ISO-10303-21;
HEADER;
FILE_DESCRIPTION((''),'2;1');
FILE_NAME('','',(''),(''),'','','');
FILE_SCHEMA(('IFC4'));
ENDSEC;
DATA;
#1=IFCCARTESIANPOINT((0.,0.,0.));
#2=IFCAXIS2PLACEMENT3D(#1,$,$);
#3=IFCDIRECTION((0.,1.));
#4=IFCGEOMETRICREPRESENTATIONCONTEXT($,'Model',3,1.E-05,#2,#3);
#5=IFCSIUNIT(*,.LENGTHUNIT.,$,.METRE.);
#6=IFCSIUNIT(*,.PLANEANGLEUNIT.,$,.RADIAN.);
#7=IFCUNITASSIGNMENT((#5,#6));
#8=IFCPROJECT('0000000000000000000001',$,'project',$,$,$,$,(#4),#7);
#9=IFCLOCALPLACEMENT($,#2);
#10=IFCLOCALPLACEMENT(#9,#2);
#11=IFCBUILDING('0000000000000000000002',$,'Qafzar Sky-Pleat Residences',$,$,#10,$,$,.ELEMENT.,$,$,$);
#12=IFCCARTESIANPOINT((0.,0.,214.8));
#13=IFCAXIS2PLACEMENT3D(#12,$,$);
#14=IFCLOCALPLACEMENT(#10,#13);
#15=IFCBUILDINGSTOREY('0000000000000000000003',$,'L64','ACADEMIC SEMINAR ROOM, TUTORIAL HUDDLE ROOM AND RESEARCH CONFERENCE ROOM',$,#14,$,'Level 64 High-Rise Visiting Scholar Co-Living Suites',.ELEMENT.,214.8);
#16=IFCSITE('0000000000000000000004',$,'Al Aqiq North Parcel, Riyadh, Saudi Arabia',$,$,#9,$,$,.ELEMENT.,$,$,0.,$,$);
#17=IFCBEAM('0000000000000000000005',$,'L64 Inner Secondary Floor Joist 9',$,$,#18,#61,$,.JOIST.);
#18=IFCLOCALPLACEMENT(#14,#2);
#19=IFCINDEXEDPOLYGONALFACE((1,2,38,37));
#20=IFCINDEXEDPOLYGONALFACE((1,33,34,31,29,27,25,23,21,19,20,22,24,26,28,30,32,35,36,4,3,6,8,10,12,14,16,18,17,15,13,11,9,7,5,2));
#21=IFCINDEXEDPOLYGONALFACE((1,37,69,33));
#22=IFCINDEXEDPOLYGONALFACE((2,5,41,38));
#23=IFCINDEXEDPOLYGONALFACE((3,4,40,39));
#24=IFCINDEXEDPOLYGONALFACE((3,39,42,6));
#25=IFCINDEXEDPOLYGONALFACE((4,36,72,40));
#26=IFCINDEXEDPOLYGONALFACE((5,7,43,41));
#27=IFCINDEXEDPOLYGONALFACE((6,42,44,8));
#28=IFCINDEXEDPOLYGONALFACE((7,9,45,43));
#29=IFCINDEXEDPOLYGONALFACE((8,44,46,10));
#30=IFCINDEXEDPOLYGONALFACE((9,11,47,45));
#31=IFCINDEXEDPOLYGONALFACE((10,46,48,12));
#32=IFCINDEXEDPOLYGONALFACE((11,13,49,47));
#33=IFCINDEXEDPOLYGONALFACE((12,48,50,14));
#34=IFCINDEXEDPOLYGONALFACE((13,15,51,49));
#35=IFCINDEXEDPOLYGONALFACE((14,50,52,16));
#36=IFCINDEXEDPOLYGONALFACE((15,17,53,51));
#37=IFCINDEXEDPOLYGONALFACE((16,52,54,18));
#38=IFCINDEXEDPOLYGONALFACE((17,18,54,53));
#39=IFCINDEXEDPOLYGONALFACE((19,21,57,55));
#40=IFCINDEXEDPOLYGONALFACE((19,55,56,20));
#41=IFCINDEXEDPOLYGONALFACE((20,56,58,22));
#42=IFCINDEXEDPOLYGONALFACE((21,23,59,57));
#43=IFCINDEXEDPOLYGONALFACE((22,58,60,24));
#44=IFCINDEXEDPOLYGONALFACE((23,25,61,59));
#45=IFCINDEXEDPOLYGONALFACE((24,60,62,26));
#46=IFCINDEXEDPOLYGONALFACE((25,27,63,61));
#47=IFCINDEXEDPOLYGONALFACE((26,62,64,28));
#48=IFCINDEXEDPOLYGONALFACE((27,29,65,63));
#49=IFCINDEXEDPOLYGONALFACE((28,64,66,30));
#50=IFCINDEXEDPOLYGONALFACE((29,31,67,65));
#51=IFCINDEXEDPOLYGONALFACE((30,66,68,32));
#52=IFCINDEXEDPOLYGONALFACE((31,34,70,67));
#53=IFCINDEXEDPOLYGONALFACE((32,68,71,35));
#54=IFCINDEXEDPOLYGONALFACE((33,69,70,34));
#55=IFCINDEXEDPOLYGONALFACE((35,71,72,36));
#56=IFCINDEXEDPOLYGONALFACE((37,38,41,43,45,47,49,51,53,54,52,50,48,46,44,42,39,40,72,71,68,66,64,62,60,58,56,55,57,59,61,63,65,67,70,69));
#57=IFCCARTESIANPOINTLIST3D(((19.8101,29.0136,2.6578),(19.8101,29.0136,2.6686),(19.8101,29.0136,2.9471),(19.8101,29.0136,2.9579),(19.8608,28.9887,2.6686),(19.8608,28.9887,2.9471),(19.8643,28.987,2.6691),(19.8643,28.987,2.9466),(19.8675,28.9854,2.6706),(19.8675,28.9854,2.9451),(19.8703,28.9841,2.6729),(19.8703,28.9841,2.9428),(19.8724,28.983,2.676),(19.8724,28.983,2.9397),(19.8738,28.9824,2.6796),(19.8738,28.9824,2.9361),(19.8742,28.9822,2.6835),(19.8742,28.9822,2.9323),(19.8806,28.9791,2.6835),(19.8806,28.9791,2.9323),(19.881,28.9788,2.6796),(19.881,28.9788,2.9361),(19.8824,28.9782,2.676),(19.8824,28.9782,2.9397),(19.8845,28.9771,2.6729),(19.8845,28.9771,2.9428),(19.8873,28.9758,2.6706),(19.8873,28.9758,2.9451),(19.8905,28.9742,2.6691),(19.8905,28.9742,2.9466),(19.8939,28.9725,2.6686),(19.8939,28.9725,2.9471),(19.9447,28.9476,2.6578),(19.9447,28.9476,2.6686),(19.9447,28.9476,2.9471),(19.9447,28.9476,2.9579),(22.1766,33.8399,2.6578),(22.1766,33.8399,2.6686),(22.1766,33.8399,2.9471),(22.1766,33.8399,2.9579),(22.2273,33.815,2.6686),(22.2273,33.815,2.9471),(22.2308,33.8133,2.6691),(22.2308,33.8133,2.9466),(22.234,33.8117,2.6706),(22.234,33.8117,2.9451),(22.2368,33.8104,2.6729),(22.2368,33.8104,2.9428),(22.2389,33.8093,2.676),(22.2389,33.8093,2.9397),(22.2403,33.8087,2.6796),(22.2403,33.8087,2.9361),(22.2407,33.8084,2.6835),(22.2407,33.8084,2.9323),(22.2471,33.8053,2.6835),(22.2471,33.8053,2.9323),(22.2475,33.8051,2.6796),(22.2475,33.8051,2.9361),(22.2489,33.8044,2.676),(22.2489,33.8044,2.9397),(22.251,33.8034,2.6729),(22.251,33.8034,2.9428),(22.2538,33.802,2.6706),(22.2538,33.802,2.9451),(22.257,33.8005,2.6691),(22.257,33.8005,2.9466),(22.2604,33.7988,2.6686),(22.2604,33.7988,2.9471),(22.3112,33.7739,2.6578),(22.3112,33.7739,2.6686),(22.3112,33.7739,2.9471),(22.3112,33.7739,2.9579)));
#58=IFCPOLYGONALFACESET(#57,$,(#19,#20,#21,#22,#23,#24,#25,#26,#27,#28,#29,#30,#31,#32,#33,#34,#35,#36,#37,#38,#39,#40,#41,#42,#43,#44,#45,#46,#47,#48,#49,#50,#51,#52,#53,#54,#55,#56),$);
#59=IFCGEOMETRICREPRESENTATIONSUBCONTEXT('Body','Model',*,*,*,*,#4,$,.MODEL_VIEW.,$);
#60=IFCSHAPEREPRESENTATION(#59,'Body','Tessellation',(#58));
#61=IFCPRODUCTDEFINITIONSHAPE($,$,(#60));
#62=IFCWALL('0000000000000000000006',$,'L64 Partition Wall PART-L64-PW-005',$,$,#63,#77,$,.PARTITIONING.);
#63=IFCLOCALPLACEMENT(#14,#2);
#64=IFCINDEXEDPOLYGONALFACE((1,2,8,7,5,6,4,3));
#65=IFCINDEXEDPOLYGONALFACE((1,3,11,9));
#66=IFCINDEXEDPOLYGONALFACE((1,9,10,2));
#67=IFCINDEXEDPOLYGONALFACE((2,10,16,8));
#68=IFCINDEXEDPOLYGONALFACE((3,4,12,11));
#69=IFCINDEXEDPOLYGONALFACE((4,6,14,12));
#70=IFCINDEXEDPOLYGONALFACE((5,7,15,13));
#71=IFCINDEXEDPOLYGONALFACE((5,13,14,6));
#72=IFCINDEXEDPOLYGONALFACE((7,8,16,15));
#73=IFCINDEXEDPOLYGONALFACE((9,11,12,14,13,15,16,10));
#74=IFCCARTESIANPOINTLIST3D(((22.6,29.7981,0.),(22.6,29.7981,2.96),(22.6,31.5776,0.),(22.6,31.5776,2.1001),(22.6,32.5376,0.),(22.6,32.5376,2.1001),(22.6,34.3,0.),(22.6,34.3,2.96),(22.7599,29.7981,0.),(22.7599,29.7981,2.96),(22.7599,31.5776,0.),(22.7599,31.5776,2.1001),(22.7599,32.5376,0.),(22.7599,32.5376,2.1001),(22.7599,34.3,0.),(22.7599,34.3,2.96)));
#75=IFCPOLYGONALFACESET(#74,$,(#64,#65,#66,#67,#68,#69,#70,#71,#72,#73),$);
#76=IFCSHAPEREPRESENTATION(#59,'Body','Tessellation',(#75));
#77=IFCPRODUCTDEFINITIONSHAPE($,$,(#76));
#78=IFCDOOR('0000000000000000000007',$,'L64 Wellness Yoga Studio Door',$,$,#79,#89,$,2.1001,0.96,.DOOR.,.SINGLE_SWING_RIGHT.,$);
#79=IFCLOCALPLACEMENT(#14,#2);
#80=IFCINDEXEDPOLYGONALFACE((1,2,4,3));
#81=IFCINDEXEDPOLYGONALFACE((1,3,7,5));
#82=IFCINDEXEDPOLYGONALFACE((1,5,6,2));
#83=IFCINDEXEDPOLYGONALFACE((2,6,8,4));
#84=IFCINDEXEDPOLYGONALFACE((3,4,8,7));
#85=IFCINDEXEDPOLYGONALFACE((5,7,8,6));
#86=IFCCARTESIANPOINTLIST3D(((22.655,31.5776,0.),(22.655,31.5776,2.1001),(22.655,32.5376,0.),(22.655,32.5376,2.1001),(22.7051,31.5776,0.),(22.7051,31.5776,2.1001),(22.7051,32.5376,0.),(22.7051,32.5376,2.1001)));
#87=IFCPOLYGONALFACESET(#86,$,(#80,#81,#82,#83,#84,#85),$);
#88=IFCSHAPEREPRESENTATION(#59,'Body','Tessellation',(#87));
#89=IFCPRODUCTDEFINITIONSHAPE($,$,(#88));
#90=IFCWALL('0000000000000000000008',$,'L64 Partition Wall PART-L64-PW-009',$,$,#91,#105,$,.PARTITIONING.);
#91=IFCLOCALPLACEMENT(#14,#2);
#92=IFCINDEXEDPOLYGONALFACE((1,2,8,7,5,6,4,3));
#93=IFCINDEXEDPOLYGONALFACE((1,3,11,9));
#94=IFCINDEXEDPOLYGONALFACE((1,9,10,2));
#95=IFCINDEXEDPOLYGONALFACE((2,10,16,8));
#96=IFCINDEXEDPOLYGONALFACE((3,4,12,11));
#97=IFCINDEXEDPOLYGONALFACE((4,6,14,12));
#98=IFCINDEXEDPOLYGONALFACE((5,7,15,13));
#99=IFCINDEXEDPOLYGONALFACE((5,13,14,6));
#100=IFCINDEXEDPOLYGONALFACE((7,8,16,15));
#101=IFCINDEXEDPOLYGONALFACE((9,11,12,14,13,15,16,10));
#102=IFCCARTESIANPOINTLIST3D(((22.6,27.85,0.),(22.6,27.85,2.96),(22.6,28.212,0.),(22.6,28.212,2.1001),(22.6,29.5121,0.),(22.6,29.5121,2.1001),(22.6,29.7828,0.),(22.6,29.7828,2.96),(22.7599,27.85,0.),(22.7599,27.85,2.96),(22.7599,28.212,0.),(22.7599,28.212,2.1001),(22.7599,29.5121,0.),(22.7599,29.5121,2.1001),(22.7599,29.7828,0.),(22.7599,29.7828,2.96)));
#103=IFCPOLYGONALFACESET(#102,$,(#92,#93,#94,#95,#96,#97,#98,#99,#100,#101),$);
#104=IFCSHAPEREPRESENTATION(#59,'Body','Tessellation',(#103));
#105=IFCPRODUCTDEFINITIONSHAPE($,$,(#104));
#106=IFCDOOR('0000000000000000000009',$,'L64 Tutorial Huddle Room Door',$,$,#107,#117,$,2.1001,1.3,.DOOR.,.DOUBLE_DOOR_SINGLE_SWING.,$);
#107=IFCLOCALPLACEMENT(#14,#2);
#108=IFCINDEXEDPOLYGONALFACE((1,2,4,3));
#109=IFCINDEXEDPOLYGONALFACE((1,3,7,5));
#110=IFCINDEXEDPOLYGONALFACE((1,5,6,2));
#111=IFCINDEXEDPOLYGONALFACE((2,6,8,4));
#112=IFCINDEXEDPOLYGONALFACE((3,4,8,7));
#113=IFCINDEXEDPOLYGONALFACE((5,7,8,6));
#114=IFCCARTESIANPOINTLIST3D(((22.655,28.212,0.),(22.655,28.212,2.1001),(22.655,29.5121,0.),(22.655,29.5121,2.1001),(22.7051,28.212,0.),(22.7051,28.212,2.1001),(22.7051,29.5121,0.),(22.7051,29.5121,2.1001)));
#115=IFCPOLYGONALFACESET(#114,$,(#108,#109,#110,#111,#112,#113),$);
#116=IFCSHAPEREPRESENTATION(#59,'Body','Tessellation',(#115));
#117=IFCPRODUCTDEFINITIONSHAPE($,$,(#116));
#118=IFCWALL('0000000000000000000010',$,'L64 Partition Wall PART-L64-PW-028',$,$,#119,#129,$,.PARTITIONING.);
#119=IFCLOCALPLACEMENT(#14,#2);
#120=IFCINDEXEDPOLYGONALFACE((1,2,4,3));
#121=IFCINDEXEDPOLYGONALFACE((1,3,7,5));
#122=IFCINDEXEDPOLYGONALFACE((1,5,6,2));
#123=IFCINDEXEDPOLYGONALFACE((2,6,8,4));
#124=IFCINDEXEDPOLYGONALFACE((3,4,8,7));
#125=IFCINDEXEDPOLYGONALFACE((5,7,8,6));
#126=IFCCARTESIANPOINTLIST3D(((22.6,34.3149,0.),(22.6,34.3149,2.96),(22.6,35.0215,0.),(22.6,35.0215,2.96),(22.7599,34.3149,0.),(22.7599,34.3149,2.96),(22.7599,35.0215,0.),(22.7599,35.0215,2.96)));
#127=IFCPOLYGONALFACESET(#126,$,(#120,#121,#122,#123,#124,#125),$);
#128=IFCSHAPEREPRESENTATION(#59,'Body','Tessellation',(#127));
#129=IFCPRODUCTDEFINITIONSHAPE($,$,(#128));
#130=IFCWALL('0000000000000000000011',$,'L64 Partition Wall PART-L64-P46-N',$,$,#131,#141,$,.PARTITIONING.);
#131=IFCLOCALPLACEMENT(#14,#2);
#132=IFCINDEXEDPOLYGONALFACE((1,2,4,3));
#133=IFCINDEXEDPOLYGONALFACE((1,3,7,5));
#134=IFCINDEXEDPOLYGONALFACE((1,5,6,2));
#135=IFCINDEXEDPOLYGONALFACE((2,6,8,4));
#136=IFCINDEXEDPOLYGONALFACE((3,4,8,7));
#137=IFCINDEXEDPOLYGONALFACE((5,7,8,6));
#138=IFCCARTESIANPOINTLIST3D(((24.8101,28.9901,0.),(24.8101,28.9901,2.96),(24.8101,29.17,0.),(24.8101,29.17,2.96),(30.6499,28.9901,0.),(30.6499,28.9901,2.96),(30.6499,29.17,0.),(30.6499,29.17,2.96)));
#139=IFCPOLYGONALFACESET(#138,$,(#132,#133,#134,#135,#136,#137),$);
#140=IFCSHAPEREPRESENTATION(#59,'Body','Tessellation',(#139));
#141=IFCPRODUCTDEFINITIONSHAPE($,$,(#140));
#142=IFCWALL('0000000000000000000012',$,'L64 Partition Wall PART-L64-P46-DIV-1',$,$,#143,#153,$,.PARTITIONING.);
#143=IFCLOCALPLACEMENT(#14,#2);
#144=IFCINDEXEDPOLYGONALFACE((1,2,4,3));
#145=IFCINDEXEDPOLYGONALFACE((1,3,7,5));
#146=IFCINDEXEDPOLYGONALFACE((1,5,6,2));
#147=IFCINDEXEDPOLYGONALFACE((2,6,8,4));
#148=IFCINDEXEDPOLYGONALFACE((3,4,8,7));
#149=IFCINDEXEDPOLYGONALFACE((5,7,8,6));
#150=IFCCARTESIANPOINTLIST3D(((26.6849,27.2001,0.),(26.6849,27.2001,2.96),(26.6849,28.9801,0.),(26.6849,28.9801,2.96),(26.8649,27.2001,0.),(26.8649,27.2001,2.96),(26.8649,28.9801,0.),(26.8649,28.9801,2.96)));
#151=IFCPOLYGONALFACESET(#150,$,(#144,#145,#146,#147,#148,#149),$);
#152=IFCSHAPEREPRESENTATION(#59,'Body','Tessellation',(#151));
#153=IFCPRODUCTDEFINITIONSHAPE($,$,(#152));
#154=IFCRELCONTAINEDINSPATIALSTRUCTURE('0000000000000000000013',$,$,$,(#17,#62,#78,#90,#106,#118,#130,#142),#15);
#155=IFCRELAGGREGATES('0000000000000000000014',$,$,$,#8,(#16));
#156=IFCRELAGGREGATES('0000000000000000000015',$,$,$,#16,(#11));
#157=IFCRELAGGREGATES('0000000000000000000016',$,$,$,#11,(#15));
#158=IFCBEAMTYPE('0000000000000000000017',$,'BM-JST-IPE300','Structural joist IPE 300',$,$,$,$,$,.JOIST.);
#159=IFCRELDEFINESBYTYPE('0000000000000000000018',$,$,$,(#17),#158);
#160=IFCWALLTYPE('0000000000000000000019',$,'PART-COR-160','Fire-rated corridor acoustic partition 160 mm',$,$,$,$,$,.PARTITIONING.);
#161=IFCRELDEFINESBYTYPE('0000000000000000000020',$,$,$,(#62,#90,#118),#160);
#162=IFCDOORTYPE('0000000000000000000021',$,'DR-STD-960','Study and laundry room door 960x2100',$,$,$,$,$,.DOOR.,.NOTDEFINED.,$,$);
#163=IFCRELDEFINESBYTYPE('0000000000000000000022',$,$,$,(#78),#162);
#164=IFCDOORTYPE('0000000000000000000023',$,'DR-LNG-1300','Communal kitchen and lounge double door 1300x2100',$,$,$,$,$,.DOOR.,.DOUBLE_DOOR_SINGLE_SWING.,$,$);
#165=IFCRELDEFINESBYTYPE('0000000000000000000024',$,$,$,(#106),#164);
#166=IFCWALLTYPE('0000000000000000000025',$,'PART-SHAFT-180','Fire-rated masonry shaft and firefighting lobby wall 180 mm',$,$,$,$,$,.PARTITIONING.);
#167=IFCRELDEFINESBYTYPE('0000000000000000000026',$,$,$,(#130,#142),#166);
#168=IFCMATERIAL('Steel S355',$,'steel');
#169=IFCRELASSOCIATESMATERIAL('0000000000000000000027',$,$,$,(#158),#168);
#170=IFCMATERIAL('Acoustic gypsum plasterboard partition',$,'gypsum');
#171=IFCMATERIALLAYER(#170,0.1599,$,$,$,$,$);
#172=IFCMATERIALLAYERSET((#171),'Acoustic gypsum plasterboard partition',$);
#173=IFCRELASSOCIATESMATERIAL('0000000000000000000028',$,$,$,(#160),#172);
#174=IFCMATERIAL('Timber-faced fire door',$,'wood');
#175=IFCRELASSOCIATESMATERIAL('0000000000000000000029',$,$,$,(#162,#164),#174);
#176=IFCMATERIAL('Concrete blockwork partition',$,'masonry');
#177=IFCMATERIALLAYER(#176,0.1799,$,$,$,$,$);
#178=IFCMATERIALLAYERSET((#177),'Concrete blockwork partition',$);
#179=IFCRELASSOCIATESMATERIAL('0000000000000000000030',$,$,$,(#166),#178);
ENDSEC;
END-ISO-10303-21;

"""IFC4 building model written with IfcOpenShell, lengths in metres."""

from ifc_helpers import new_model, si_unit, direction, frame, frame_2d, origin, origin_2d, place, context, subcontext, project, spatial, rectangle, i_section, extrude, source, transform, mapped, material, layer, layer_set, material_profile, profile_set, type_object, element, fill, save


model = new_model("IFC4")

# Units and contexts
model_context = context("Model", 3, precision=1e-05, world=origin(), true_north=direction((0.0, 1.0)))
body_context = subcontext(model_context, "Body", "Model", "MODEL_VIEW")
ifc_project = project(units=[si_unit("LENGTHUNIT", "METRE"), si_unit("PLANEANGLEUNIT", "RADIAN")], contexts=[model_context])

# Site, building, storey
site_placement = place(None, origin())
site = spatial("IfcSite", under=ifc_project, at=site_placement, Name="Al Aqiq North Parcel, Riyadh, Saudi Arabia", CompositionType="ELEMENT", RefElevation=0.0)
building_placement = place(site_placement, origin())
building = spatial("IfcBuilding", under=site, at=building_placement, Name="Qafzar Sky-Pleat Residences", CompositionType="ELEMENT")
storey_placement = place(building_placement, frame((0.0, 0.0, 214.8)))
storey = spatial("IfcBuildingStorey", under=building, at=storey_placement, Name="L64", Description="ACADEMIC SEMINAR ROOM, TUTORIAL HUDDLE ROOM AND RESEARCH CONFERENCE ROOM", LongName="Level 64 High-Rise Visiting Scholar Co-Living Suites", CompositionType="ELEMENT", Elevation=214.8)

# Beam
ifc_material_1 = material(Name="Steel S355", Category="steel")
ifc_material_profile = material_profile(ifc_material_1, i_section(OverallWidth=0.1499, OverallDepth=0.3, WebThickness=0.0071, FlangeThickness=0.0107, FilletRadius=0.0149, at=origin_2d()), Name="IPE 300")
ifc_profile_set = profile_set([ifc_material_profile], Name="Steel S355")
beam_type = type_object("IfcBeamType", Name="BM-JST-IPE300", Description="Structural joist IPE 300", PredefinedType="JOIST", material=ifc_profile_set)
shared_shape_1 = source(origin(), body_context, "Body", "SweptSolid", [
    extrude(i_section(OverallWidth=0.1499, OverallDepth=0.3, WebThickness=0.0071, FlangeThickness=0.0107, FilletRadius=0.0149, at=origin_2d()), origin(), (0.0, 0.0, 1.0), 5.3752),
])
beam_placement = place(storey_placement, frame((22.2439, 33.8069, 2.8079), z_axis=(-0.44026, -0.89787, 0.0), x_axis=(0.89787, -0.44026, 0.0)))
element("IfcBeam", 1, at=beam_placement, inside=storey, type_object=beam_type, Name="L64 Inner Secondary Floor Joist 9", PredefinedType="JOIST", context=body_context, shape_type="MappedRepresentation", body=[
    mapped(shared_shape_1, transform((0.0, 0.0, 0.0), x_axis=(1.0, 0.0, 0.0), y_axis=(0.0, 1.0, 0.0), z_axis=(0.0, 0.0, 1.0), scale=1.0)),
])

# Walls, openings, doors
ifc_material_2 = material(Name="Acoustic gypsum plasterboard partition", Category="gypsum")
ifc_layer_1 = layer(ifc_material_2, 0.1599)
ifc_layer_set_1 = layer_set([ifc_layer_1], Name="Acoustic gypsum plasterboard partition")
wall_type_1 = type_object("IfcWallType", Name="PART-COR-160", Description="Fire-rated corridor acoustic partition 160 mm", PredefinedType="PARTITIONING", material=ifc_layer_set_1)
wall_1_placement = place(storey_placement, frame((22.6799, 29.7981, 0.0), z_axis=(0.0, 0.0, 1.0), x_axis=(0.0, 1.0, 0.0)))
wall_1 = element("IfcWall", 2, at=wall_1_placement, inside=storey, type_object=wall_type_1, Name="L64 Partition Wall PART-L64-PW-005", PredefinedType="PARTITIONING", context=body_context, shape_type="SweptSolid", body=[
    extrude(rectangle(XDim=4.502, YDim=0.1599, at=frame_2d((2.251, 0.0))), origin(), (0.0, 0.0, 1.0), 2.96),
])
opening_1_placement = place(wall_1_placement, frame((1.7795, 0.0, 0.0)))
opening_1 = element("IfcOpeningElement", 3, at=opening_1_placement, cuts=wall_1, PredefinedType="OPENING", context=body_context, shape_type="SweptSolid", body=[
    extrude(rectangle(XDim=0.96, YDim=2.1001, at=frame_2d((0.48, 1.05))), frame((0.0, 0.0898, 0.0), z_axis=(0.0, -1.0, 0.0), x_axis=(1.0, 0.0, 0.0)), (0.0, 0.0, 1.0), 0.1799),
])
ifc_material_3 = material(Name="Timber-faced fire door", Category="wood")
door_type_1 = type_object("IfcDoorType", Name="DR-STD-960", Description="Study and laundry room door 960x2100", OperationType="NOTDEFINED", PredefinedType="DOOR", material=ifc_material_3)
shared_shape_2 = source(origin(), body_context, "Body", "SweptSolid", [
    extrude(rectangle(XDim=0.96, YDim=2.1001, at=frame_2d((0.48, 1.05))), frame((0.0, 0.0249, 0.0), z_axis=(0.0, -1.0, 0.0), x_axis=(1.0, 0.0, 0.0)), (0.0, 0.0, 1.0), 0.05),
])
door_1_placement = place(opening_1_placement, origin())
door_1 = element("IfcDoor", 4, at=door_1_placement, inside=storey, type_object=door_type_1, Name="L64 Wellness Yoga Studio Door", OperationType="SINGLE_SWING_RIGHT", OverallHeight=2.1001, OverallWidth=0.96, PredefinedType="DOOR", context=body_context, shape_type="MappedRepresentation", body=[
    mapped(shared_shape_2, transform((0.0, 0.0, 0.0), x_axis=(1.0, 0.0, 0.0), y_axis=(0.0, 1.0, 0.0), z_axis=(0.0, 0.0, 1.0), scale=1.0)),
])
fill(opening_1, door_1)
wall_2_placement = place(storey_placement, frame((22.6799, 27.8501, 0.0), z_axis=(0.0, 0.0, 1.0), x_axis=(0.0, 1.0, 0.0)))
wall_2 = element("IfcWall", 5, at=wall_2_placement, inside=storey, type_object=wall_type_1, Name="L64 Partition Wall PART-L64-PW-009", PredefinedType="PARTITIONING", context=body_context, shape_type="SweptSolid", body=[
    extrude(rectangle(XDim=1.9329, YDim=0.1599, at=frame_2d((0.9663, 0.0))), origin(), (0.0, 0.0, 1.0), 2.96),
])
opening_2_placement = place(wall_2_placement, frame((0.3621, 0.0, 0.0)))
opening_2 = element("IfcOpeningElement", 6, at=opening_2_placement, cuts=wall_2, PredefinedType="OPENING", context=body_context, shape_type="SweptSolid", body=[
    extrude(rectangle(XDim=1.3, YDim=2.1001, at=frame_2d((0.6499, 1.05))), frame((0.0, 0.0898, 0.0), z_axis=(0.0, -1.0, 0.0), x_axis=(1.0, 0.0, 0.0)), (0.0, 0.0, 1.0), 0.1799),
])
door_type_2 = type_object("IfcDoorType", Name="DR-LNG-1300", Description="Communal kitchen and lounge double door 1300x2100", OperationType="DOUBLE_DOOR_SINGLE_SWING", PredefinedType="DOOR", material=ifc_material_3)
shared_shape_3 = source(origin(), body_context, "Body", "SweptSolid", [
    extrude(rectangle(XDim=1.3, YDim=2.1001, at=frame_2d((0.6499, 1.05))), frame((0.0, 0.0249, 0.0), z_axis=(0.0, -1.0, 0.0), x_axis=(1.0, 0.0, 0.0)), (0.0, 0.0, 1.0), 0.05),
])
door_2_placement = place(opening_2_placement, origin())
door_2 = element("IfcDoor", 7, at=door_2_placement, inside=storey, type_object=door_type_2, Name="L64 Tutorial Huddle Room Door", OperationType="DOUBLE_DOOR_SINGLE_SWING", OverallHeight=2.1001, OverallWidth=1.3, PredefinedType="DOOR", context=body_context, shape_type="MappedRepresentation", body=[
    mapped(shared_shape_3, transform((0.0, 0.0, 0.0), x_axis=(1.0, 0.0, 0.0), y_axis=(0.0, 1.0, 0.0), z_axis=(0.0, 0.0, 1.0), scale=1.0)),
])
fill(opening_2, door_2)

# Walls
wall_3_placement = place(storey_placement, frame((22.6799, 34.3149, 0.0), z_axis=(0.0, 0.0, 1.0), x_axis=(0.0, 1.0, 0.0)))
element("IfcWall", 8, at=wall_3_placement, inside=storey, type_object=wall_type_1, Name="L64 Partition Wall PART-L64-PW-028", PredefinedType="PARTITIONING", context=body_context, shape_type="SweptSolid", body=[
    extrude(rectangle(XDim=0.7065, YDim=0.1599, at=frame_2d((0.3533, 0.0))), origin(), (0.0, 0.0, 1.0), 2.96),
])
ifc_material_4 = material(Name="Concrete blockwork partition", Category="masonry")
ifc_layer_2 = layer(ifc_material_4, 0.1799)
ifc_layer_set_2 = layer_set([ifc_layer_2], Name="Concrete blockwork partition")
wall_type_2 = type_object("IfcWallType", Name="PART-SHAFT-180", Description="Fire-rated masonry shaft and firefighting lobby wall 180 mm", PredefinedType="PARTITIONING", material=ifc_layer_set_2)
wall_4_placement = place(storey_placement, frame((24.8101, 29.0801, 0.0), z_axis=(0.0, 0.0, 1.0), x_axis=(1.0, 0.0, 0.0)))
element("IfcWall", 9, at=wall_4_placement, inside=storey, type_object=wall_type_2, Name="L64 Partition Wall PART-L64-P46-N", PredefinedType="PARTITIONING", context=body_context, shape_type="SweptSolid", body=[
    extrude(rectangle(XDim=5.8398, YDim=0.1799, at=frame_2d((2.9199, 0.0))), origin(), (0.0, 0.0, 1.0), 2.96),
])

# Wall
wall_5_placement = place(storey_placement, frame((26.7749, 27.2, 0.0), z_axis=(0.0, 0.0, 1.0), x_axis=(0.0, 1.0, 0.0)))
element("IfcWall", 10, at=wall_5_placement, inside=storey, type_object=wall_type_2, Name="L64 Partition Wall PART-L64-P46-DIV-1", PredefinedType="PARTITIONING", context=body_context, shape_type="SweptSolid", body=[
    extrude(rectangle(XDim=1.78, YDim=0.1799, at=frame_2d((0.8901, 0.0))), origin(), (0.0, 0.0, 1.0), 2.96),
])

save(model, "model.ifc")
